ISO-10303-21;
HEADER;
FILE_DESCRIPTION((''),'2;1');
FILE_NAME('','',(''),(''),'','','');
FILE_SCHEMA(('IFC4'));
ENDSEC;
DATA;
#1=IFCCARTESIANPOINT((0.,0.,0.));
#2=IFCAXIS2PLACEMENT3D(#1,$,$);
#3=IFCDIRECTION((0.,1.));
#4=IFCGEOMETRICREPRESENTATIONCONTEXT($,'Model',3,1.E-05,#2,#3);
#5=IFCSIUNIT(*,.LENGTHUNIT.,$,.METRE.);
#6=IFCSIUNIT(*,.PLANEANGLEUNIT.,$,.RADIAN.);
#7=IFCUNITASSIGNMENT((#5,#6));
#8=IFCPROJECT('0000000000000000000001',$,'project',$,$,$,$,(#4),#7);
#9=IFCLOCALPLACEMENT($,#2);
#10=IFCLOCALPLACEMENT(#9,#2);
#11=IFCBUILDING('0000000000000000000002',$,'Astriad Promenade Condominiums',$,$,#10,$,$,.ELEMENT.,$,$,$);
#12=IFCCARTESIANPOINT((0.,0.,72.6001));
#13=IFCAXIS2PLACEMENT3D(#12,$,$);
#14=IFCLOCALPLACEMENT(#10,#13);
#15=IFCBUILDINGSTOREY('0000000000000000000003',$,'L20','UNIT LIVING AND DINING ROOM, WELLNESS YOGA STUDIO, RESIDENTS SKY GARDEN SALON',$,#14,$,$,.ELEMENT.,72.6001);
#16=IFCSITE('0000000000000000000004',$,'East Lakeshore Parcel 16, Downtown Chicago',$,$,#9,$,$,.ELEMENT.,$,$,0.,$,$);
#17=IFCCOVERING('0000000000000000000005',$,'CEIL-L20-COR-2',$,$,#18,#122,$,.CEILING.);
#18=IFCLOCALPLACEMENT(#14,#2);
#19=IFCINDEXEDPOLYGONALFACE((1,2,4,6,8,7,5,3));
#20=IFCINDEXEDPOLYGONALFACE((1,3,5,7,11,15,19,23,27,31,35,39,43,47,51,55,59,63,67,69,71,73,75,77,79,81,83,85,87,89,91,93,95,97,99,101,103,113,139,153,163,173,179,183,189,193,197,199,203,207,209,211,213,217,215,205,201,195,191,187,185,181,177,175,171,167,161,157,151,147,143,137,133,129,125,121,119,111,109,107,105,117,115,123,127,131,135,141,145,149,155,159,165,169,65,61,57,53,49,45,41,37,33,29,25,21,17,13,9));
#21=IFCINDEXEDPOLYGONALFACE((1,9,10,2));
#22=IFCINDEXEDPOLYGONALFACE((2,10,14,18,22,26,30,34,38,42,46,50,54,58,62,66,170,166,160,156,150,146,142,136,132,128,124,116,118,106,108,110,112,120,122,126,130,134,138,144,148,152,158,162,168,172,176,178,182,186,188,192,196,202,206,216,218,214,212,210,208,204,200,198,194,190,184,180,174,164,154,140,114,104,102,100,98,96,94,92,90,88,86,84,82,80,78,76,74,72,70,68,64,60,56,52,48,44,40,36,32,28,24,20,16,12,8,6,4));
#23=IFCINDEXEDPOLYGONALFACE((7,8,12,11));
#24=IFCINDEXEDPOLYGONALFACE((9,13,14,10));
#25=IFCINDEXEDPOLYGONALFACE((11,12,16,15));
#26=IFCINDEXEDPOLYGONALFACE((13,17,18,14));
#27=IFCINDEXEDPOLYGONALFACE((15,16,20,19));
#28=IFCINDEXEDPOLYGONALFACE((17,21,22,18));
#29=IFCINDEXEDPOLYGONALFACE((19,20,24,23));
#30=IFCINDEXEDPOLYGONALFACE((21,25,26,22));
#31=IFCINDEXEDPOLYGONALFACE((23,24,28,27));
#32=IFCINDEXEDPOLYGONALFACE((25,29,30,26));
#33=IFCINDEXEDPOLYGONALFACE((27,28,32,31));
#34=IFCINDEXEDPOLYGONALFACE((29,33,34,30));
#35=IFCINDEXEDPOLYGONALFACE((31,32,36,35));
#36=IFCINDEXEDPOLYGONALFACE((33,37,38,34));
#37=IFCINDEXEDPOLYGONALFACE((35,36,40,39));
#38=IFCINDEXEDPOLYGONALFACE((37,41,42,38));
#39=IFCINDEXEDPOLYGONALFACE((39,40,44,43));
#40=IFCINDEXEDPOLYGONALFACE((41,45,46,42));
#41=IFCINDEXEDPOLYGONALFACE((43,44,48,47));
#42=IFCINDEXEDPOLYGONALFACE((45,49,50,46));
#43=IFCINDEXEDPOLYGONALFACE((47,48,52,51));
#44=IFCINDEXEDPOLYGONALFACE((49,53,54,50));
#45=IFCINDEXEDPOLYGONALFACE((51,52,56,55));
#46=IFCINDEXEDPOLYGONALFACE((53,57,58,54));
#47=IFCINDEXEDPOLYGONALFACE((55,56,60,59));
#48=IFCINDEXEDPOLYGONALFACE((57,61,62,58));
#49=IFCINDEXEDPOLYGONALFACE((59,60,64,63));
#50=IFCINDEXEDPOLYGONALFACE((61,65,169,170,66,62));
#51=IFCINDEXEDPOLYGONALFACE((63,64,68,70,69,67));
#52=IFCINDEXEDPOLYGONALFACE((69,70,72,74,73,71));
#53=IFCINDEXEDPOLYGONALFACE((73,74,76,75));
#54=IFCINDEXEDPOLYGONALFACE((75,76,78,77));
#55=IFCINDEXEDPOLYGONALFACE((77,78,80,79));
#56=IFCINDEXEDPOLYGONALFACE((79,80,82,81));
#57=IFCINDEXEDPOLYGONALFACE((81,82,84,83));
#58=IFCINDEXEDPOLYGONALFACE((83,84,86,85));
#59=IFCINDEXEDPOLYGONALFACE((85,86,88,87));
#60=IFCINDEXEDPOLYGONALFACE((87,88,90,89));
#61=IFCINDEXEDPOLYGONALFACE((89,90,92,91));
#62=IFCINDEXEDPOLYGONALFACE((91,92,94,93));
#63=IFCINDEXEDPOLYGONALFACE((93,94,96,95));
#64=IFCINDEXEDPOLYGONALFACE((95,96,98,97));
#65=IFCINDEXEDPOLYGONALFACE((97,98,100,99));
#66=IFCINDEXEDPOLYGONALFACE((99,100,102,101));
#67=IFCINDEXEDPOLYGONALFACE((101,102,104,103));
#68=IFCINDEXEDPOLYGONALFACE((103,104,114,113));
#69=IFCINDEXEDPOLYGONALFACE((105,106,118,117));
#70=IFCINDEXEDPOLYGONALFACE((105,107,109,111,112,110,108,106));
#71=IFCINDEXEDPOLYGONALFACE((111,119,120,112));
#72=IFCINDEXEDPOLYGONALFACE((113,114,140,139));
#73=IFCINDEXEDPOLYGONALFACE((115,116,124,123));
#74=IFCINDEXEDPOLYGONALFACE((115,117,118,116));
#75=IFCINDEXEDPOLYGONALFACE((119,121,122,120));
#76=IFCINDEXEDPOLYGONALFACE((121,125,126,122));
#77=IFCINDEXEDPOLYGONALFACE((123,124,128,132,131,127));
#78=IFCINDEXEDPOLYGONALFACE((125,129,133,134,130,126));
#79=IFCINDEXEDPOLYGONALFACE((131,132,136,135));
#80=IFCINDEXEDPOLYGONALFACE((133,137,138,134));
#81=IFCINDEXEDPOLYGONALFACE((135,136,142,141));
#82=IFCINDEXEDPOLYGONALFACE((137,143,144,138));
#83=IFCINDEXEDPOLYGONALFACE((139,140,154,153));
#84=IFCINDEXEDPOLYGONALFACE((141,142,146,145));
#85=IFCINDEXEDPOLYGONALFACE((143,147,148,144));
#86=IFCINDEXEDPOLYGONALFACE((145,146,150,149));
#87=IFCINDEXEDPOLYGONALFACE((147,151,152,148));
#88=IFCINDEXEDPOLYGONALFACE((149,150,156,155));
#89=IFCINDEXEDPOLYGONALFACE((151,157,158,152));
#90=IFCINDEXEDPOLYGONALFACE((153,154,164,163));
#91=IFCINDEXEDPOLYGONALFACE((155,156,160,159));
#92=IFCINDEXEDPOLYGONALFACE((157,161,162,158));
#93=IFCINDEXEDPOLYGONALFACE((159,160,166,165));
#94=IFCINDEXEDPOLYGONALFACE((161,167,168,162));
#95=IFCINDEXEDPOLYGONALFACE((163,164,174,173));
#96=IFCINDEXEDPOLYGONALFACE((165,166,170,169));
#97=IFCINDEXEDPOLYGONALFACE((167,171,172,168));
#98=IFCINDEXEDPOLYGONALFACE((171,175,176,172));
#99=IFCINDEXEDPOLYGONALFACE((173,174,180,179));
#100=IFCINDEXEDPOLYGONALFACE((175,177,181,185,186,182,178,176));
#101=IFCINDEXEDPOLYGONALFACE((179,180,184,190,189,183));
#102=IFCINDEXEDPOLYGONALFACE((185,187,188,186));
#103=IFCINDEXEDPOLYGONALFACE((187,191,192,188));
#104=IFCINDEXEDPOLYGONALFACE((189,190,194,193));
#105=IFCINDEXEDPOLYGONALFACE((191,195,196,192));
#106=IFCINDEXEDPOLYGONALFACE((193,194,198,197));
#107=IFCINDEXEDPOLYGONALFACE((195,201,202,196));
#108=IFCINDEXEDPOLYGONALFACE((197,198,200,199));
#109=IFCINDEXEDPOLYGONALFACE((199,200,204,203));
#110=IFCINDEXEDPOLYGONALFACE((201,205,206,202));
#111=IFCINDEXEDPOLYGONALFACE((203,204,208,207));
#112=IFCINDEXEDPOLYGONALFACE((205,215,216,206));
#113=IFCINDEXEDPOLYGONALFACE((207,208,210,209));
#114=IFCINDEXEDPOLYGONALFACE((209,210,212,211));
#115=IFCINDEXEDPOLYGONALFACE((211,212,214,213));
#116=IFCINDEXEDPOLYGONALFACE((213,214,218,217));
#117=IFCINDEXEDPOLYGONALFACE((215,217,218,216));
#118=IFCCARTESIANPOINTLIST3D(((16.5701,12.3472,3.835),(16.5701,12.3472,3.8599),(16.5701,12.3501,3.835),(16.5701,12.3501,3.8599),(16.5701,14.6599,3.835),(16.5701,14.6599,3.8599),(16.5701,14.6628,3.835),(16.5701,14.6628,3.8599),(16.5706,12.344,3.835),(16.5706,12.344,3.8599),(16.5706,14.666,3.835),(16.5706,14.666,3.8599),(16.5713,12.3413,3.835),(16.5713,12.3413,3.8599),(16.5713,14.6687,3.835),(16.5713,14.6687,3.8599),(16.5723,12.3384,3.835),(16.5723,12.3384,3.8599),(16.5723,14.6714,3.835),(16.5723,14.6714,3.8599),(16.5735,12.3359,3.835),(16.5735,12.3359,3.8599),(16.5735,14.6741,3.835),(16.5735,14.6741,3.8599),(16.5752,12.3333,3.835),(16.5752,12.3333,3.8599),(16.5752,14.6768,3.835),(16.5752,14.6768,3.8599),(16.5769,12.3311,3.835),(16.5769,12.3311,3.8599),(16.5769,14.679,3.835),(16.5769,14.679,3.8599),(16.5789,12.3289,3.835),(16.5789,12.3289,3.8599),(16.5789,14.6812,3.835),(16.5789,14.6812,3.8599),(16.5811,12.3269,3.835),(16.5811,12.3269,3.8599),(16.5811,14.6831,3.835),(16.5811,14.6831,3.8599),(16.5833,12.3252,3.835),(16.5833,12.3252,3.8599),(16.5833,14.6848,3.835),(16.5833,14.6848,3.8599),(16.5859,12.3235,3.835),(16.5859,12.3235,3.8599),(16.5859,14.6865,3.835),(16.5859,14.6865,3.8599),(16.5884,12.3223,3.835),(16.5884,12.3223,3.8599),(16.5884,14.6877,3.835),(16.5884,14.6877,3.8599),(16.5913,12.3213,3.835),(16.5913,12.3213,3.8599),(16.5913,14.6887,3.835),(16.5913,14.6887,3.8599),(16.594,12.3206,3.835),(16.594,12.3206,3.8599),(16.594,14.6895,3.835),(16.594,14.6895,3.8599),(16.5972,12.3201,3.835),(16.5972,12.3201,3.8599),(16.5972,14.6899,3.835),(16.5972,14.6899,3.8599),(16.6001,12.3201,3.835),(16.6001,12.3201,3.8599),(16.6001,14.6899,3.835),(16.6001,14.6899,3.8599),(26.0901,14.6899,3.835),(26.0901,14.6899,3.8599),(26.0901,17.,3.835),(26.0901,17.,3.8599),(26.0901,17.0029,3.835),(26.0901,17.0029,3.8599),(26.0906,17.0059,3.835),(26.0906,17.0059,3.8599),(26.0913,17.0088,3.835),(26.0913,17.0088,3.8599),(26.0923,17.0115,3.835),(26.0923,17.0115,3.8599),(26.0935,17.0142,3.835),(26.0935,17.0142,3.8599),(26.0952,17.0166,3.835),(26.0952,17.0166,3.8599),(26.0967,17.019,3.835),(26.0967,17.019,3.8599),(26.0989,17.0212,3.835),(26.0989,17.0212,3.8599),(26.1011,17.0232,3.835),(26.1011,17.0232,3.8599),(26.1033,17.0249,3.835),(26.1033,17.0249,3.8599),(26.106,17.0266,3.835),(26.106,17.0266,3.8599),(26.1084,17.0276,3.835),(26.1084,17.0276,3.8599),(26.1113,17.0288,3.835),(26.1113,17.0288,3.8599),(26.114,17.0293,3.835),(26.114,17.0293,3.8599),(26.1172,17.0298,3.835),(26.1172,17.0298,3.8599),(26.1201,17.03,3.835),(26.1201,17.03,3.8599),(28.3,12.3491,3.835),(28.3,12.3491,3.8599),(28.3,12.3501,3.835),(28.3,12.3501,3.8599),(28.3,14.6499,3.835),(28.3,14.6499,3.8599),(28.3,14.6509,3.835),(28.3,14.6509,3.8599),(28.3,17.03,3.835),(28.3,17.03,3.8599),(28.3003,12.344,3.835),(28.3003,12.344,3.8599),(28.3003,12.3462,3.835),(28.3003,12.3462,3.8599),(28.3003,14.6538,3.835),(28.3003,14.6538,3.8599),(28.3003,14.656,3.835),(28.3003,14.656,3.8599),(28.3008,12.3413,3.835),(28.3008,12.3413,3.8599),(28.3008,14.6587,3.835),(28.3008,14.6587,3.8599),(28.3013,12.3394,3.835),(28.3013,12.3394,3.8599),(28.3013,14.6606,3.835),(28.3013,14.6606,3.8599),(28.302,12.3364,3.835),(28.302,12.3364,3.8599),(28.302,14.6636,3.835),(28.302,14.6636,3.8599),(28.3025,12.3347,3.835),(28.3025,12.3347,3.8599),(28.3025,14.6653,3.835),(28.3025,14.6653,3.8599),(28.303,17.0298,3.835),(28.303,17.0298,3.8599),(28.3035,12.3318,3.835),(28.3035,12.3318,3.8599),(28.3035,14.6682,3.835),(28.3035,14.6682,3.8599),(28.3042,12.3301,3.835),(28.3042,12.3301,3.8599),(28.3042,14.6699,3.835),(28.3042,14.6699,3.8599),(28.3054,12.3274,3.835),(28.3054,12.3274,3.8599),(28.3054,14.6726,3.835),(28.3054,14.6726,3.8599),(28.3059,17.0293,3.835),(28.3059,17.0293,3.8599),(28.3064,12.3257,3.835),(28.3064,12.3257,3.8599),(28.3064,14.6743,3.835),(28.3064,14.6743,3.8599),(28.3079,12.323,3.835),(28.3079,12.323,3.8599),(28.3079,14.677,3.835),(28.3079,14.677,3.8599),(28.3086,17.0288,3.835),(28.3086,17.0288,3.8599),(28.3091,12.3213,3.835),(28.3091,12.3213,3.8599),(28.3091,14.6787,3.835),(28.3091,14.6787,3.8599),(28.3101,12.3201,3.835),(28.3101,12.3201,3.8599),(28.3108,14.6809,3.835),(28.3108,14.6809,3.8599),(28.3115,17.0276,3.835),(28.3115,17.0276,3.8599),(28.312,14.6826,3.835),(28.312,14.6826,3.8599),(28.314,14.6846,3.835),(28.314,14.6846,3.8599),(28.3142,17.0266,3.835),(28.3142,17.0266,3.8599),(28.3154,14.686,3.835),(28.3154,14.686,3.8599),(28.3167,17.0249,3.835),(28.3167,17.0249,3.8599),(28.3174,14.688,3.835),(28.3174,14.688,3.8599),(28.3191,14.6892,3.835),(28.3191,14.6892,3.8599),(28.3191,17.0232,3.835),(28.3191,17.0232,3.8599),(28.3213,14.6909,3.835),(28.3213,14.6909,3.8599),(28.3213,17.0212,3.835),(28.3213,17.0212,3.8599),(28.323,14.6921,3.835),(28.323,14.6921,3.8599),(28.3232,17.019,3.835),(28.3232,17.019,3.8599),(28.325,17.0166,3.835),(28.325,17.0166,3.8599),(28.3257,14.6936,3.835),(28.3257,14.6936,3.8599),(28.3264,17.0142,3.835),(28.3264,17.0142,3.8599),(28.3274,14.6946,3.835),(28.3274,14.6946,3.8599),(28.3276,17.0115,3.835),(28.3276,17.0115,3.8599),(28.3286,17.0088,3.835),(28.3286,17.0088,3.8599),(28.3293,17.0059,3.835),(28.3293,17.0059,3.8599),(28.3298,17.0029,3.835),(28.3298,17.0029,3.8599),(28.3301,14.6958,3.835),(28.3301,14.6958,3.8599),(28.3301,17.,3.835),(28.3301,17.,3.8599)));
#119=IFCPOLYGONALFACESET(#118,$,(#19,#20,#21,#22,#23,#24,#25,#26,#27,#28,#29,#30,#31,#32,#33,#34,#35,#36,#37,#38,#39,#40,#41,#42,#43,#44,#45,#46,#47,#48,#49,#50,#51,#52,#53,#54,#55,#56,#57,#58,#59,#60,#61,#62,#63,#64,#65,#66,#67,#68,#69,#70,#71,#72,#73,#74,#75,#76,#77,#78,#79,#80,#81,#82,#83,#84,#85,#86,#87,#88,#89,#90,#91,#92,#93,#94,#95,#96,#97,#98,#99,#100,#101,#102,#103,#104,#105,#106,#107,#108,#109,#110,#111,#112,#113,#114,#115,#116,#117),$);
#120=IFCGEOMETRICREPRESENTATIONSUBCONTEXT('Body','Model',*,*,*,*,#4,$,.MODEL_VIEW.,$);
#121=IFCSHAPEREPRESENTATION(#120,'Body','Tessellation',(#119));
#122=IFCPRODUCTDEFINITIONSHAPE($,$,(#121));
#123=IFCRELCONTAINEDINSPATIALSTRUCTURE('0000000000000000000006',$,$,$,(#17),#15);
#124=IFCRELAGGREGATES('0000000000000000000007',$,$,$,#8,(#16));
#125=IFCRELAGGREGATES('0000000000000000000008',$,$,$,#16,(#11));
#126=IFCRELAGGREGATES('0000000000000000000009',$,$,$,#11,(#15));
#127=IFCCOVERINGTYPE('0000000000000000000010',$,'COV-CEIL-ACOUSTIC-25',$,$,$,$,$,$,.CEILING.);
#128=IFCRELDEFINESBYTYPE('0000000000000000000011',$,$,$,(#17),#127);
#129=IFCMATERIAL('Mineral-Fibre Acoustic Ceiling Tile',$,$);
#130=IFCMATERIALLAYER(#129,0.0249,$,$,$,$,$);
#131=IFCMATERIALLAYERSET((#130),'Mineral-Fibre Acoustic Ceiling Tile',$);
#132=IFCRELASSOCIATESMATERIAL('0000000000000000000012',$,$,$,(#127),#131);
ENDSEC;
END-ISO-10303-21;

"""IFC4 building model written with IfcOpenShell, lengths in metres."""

from ifc_helpers import new_model, si_unit, direction, frame, origin, place, context, subcontext, project, spatial, polyline, outline, extrude, material, layer, layer_set, type_object, element, save


model = new_model("IFC4")

# Units and contexts
model_context = context("Model", 3, precision=1e-05, world=origin(), true_north=direction((0.0, 1.0)))
body_context = subcontext(model_context, "Body", "Model", "MODEL_VIEW")
ifc_project = project(units=[si_unit("LENGTHUNIT", "METRE"), si_unit("PLANEANGLEUNIT", "RADIAN")], contexts=[model_context])

# Site, building, storey
site_placement = place(None, origin())
site = spatial("IfcSite", under=ifc_project, at=site_placement, Name="East Lakeshore Parcel 16, Downtown Chicago", CompositionType="ELEMENT", RefElevation=0.0)
building_placement = place(site_placement, origin())
building = spatial("IfcBuilding", under=site, at=building_placement, Name="Astriad Promenade Condominiums", CompositionType="ELEMENT")
storey_placement = place(building_placement, frame((0.0, 0.0, 72.6001)))
storey = spatial("IfcBuildingStorey", under=building, at=storey_placement, Name="L20", Description="UNIT LIVING AND DINING ROOM, WELLNESS YOGA STUDIO, RESIDENTS SKY GARDEN SALON", CompositionType="ELEMENT", Elevation=72.6001)

# Covering
ifc_material_1 = material(Name="Mineral-Fibre Acoustic Ceiling Tile")
ifc_layer_1 = layer(ifc_material_1, 0.0249)
ifc_layer_set_1 = layer_set([ifc_layer_1], Name="Mineral-Fibre Acoustic Ceiling Tile")
covering_type_1 = type_object("IfcCoveringType", Name="COV-CEIL-ACOUSTIC-25", PredefinedType="CEILING", material=ifc_layer_set_1)
covering_1_placement = place(storey_placement, frame((0.0, 0.0, 3.835)))
element("IfcCovering", 1, at=covering_1_placement, inside=storey, type_object=covering_type_1, Name="CEIL-L20-COR-2", PredefinedType="CEILING", context=body_context, shape_type="SweptSolid", body=[
    extrude(outline(polyline([(16.5972, 12.3201), (16.594, 12.3206), (16.5913, 12.3213), (16.5884, 12.3223), (16.5859, 12.3235), (16.5833, 12.3252), (16.5811, 12.3269), (16.5789, 12.3289), (16.5769, 12.3311), (16.5752, 12.3333), (16.5735, 12.3359), (16.5723, 12.3384), (16.5713, 12.3413), (16.5706, 12.344), (16.5701, 12.3472), (16.5701, 12.3501), (16.5701, 14.6599), (16.5701, 14.6628), (16.5706, 14.666), (16.5713, 14.6687), (16.5723, 14.6714), (16.5735, 14.6741), (16.5752, 14.6768), (16.5769, 14.679), (16.5789, 14.6812), (16.5811, 14.6831), (16.5833, 14.6848), (16.5859, 14.6865), (16.5884, 14.6877), (16.5913, 14.6887), (16.594, 14.6895), (16.5972, 14.6899), (16.6001, 14.6899), (26.0901, 14.6899), (26.0901, 17.0), (26.0901, 17.0029), (26.0906, 17.0059), (26.0913, 17.0088), (26.0923, 17.0115), (26.0935, 17.0142), (26.0952, 17.0166), (26.0967, 17.019), (26.0989, 17.0212), (26.1011, 17.0232), (26.1033, 17.0249), (26.106, 17.0266), (26.1084, 17.0276), (26.1113, 17.0288), (26.114, 17.0293), (26.1172, 17.0298), (26.1201, 17.03), (28.3, 17.03), (28.303, 17.0298), (28.3059, 17.0293), (28.3086, 17.0288), (28.3115, 17.0276), (28.3142, 17.0266), (28.3167, 17.0249), (28.3191, 17.0232), (28.3213, 17.0212), (28.3232, 17.019), (28.325, 17.0166), (28.3264, 17.0142), (28.3276, 17.0115), (28.3286, 17.0088), (28.3293, 17.0059), (28.3298, 17.0029), (28.3301, 17.0), (28.3301, 14.6958), (28.3301, 14.6958), (28.3274, 14.6946), (28.3257, 14.6936), (28.323, 14.6921), (28.3213, 14.6909), (28.3191, 14.6892), (28.3174, 14.688), (28.3154, 14.686), (28.314, 14.6846), (28.312, 14.6826), (28.3108, 14.6809), (28.3091, 14.6787), (28.3079, 14.677), (28.3064, 14.6743), (28.3054, 14.6726), (28.3042, 14.6699), (28.3035, 14.6682), (28.3025, 14.6653), (28.302, 14.6636), (28.3013, 14.6606), (28.3008, 14.6587), (28.3003, 14.656), (28.3003, 14.6538), (28.3, 14.6509), (28.3, 14.6499), (28.3, 12.3501), (28.3, 12.3491), (28.3003, 12.3462), (28.3003, 12.344), (28.3008, 12.3413), (28.3013, 12.3394), (28.302, 12.3364), (28.3025, 12.3347), (28.3035, 12.3318), (28.3042, 12.3301), (28.3054, 12.3274), (28.3064, 12.3257), (28.3079, 12.323), (28.3091, 12.3213), (28.3101, 12.3201), (16.6001, 12.3201), (16.5972, 12.3201)])), origin(), (0.0, 0.0, 1.0), 0.0249),
])

save(model, "model.ifc")
